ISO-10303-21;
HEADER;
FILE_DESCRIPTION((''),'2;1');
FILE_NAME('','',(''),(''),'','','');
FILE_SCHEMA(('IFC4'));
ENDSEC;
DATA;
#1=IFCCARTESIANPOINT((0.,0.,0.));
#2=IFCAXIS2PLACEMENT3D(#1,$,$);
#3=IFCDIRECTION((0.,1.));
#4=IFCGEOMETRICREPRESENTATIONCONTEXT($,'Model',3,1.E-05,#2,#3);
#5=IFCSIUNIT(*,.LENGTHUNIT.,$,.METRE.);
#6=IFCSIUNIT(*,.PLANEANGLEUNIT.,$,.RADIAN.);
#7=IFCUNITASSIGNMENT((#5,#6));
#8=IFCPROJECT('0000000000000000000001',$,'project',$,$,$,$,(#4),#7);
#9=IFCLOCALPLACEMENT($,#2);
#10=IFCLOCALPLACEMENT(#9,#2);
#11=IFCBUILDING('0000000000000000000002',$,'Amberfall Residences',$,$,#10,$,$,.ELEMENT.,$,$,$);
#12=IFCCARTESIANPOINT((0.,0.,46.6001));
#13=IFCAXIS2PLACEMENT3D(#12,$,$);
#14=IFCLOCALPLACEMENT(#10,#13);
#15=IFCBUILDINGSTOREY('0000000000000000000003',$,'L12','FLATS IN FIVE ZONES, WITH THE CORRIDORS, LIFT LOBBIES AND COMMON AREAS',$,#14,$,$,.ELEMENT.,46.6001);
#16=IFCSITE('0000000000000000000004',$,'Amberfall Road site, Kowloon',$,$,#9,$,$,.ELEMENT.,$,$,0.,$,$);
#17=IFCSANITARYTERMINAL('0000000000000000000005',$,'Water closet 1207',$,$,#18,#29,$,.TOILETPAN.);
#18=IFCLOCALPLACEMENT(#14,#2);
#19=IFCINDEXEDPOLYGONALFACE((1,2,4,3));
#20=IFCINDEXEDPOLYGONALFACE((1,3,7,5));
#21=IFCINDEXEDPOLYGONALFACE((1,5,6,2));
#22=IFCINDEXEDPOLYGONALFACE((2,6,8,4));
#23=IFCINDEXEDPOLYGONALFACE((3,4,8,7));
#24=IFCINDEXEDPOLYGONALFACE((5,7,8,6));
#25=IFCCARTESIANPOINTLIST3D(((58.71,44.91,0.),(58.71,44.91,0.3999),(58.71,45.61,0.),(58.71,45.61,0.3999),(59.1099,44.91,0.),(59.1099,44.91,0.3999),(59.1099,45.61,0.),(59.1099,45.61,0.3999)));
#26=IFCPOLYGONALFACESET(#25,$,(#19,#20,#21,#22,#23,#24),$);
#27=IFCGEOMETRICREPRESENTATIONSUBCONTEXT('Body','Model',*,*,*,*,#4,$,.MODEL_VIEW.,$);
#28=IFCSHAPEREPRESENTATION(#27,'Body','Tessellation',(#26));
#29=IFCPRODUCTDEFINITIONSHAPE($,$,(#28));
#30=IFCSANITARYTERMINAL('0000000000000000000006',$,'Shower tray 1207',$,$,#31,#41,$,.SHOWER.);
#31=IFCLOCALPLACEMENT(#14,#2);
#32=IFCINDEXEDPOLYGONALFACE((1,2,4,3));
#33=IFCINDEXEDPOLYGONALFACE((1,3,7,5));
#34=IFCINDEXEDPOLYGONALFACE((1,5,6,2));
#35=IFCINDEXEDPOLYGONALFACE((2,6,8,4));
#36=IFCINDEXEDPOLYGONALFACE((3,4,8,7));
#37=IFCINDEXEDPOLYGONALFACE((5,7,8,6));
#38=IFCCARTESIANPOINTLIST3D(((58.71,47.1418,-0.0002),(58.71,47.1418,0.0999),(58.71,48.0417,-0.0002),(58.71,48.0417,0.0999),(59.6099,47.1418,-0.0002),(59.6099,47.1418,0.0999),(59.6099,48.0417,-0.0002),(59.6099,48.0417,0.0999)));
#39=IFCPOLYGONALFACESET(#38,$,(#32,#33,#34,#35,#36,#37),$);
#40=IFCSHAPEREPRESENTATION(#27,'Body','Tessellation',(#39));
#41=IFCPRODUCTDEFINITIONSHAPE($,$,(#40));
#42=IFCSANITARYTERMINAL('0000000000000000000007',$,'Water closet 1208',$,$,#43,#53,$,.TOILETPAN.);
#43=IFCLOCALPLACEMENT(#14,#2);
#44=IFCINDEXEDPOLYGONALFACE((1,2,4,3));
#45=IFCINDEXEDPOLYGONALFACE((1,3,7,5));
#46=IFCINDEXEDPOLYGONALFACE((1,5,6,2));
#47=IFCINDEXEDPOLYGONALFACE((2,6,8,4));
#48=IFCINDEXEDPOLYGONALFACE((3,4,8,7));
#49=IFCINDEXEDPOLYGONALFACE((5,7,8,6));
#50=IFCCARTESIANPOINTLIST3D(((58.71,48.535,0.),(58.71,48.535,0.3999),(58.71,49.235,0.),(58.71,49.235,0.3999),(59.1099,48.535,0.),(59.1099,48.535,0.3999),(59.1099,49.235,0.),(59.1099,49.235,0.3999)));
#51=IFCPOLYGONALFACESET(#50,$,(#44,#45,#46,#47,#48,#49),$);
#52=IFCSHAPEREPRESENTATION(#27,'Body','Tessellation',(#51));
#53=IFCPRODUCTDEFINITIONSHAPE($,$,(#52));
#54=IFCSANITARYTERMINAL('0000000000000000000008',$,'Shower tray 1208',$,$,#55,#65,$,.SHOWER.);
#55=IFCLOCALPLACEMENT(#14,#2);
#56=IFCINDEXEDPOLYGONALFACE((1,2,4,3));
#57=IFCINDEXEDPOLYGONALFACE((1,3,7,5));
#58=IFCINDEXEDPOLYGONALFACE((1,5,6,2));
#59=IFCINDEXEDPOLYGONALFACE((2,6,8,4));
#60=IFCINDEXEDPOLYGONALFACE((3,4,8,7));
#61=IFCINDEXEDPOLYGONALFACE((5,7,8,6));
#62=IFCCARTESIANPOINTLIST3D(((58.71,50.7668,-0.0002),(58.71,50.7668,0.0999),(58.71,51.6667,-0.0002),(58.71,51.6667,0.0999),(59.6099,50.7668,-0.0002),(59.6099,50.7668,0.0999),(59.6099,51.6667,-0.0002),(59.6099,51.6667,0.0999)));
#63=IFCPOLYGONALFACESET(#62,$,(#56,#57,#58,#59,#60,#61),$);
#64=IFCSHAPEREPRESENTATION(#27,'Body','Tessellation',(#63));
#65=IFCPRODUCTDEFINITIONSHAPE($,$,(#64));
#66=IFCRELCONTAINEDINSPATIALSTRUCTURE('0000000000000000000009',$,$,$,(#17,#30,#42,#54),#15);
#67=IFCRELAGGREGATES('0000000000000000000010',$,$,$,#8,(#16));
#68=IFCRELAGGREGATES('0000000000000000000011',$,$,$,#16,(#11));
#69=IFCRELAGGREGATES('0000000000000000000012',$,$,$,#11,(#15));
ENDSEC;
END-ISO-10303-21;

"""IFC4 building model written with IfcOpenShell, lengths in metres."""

from ifc_helpers import new_model, si_unit, direction, frame, origin, origin_2d, place, context, subcontext, project, spatial, rectangle, extrude, element, save


model = new_model("IFC4")

# Units and contexts
model_context = context("Model", 3, precision=1e-05, world=origin(), true_north=direction((0.0, 1.0)))
body_context = subcontext(model_context, "Body", "Model", "MODEL_VIEW")
ifc_project = project(units=[si_unit("LENGTHUNIT", "METRE"), si_unit("PLANEANGLEUNIT", "RADIAN")], contexts=[model_context])

# Site, building, storey
site_placement = place(None, origin())
site = spatial("IfcSite", under=ifc_project, at=site_placement, Name="Amberfall Road site, Kowloon", CompositionType="ELEMENT", RefElevation=0.0)
building_placement = place(site_placement, origin())
building = spatial("IfcBuilding", under=site, at=building_placement, Name="Amberfall Residences", CompositionType="ELEMENT")
storey_placement = place(building_placement, frame((0.0, 0.0, 46.6001)))
storey = spatial("IfcBuildingStorey", under=building, at=storey_placement, Name="L12", Description="FLATS IN FIVE ZONES, WITH THE CORRIDORS, LIFT LOBBIES AND COMMON AREAS", CompositionType="ELEMENT", Elevation=46.6001)

# Sanitary terminals
sanitary_terminal_1_placement = place(storey_placement, frame((58.9099, 45.26, 0.0), z_axis=(0.0, 0.0, 1.0), x_axis=(1.0, 0.0, 0.0)))
element("IfcSanitaryTerminal", 1, at=sanitary_terminal_1_placement, inside=storey, Name="Water closet 1207", PredefinedType="TOILETPAN", context=body_context, shape_type="SweptSolid", body=[
    extrude(rectangle(XDim=0.3999, YDim=0.7, at=origin_2d()), origin(), (0.0, 0.0, 1.0), 0.3999),
])
sanitary_terminal_2_placement = place(storey_placement, frame((59.1599, 47.5918, -0.0002), z_axis=(0.0, 0.0, 1.0), x_axis=(1.0, 0.0, 0.0)))
element("IfcSanitaryTerminal", 2, at=sanitary_terminal_2_placement, inside=storey, Name="Shower tray 1207", PredefinedType="SHOWER", context=body_context, shape_type="SweptSolid", body=[
    extrude(rectangle(XDim=0.8999, YDim=0.8999, at=origin_2d()), origin(), (0.0, 0.0, 1.0), 0.1001),
])
sanitary_terminal_3_placement = place(storey_placement, frame((58.9099, 48.885, 0.0), z_axis=(0.0, 0.0, 1.0), x_axis=(1.0, 0.0, 0.0)))
element("IfcSanitaryTerminal", 3, at=sanitary_terminal_3_placement, inside=storey, Name="Water closet 1208", PredefinedType="TOILETPAN", context=body_context, shape_type="SweptSolid", body=[
    extrude(rectangle(XDim=0.3999, YDim=0.7, at=origin_2d()), origin(), (0.0, 0.0, 1.0), 0.3999),
])
sanitary_terminal_4_placement = place(storey_placement, frame((59.1599, 51.2168, -0.0002), z_axis=(0.0, 0.0, 1.0), x_axis=(1.0, 0.0, 0.0)))
element("IfcSanitaryTerminal", 4, at=sanitary_terminal_4_placement, inside=storey, Name="Shower tray 1208", PredefinedType="SHOWER", context=body_context, shape_type="SweptSolid", body=[
    extrude(rectangle(XDim=0.8999, YDim=0.8999, at=origin_2d()), origin(), (0.0, 0.0, 1.0), 0.1001),
])

save(model, "model.ifc")
